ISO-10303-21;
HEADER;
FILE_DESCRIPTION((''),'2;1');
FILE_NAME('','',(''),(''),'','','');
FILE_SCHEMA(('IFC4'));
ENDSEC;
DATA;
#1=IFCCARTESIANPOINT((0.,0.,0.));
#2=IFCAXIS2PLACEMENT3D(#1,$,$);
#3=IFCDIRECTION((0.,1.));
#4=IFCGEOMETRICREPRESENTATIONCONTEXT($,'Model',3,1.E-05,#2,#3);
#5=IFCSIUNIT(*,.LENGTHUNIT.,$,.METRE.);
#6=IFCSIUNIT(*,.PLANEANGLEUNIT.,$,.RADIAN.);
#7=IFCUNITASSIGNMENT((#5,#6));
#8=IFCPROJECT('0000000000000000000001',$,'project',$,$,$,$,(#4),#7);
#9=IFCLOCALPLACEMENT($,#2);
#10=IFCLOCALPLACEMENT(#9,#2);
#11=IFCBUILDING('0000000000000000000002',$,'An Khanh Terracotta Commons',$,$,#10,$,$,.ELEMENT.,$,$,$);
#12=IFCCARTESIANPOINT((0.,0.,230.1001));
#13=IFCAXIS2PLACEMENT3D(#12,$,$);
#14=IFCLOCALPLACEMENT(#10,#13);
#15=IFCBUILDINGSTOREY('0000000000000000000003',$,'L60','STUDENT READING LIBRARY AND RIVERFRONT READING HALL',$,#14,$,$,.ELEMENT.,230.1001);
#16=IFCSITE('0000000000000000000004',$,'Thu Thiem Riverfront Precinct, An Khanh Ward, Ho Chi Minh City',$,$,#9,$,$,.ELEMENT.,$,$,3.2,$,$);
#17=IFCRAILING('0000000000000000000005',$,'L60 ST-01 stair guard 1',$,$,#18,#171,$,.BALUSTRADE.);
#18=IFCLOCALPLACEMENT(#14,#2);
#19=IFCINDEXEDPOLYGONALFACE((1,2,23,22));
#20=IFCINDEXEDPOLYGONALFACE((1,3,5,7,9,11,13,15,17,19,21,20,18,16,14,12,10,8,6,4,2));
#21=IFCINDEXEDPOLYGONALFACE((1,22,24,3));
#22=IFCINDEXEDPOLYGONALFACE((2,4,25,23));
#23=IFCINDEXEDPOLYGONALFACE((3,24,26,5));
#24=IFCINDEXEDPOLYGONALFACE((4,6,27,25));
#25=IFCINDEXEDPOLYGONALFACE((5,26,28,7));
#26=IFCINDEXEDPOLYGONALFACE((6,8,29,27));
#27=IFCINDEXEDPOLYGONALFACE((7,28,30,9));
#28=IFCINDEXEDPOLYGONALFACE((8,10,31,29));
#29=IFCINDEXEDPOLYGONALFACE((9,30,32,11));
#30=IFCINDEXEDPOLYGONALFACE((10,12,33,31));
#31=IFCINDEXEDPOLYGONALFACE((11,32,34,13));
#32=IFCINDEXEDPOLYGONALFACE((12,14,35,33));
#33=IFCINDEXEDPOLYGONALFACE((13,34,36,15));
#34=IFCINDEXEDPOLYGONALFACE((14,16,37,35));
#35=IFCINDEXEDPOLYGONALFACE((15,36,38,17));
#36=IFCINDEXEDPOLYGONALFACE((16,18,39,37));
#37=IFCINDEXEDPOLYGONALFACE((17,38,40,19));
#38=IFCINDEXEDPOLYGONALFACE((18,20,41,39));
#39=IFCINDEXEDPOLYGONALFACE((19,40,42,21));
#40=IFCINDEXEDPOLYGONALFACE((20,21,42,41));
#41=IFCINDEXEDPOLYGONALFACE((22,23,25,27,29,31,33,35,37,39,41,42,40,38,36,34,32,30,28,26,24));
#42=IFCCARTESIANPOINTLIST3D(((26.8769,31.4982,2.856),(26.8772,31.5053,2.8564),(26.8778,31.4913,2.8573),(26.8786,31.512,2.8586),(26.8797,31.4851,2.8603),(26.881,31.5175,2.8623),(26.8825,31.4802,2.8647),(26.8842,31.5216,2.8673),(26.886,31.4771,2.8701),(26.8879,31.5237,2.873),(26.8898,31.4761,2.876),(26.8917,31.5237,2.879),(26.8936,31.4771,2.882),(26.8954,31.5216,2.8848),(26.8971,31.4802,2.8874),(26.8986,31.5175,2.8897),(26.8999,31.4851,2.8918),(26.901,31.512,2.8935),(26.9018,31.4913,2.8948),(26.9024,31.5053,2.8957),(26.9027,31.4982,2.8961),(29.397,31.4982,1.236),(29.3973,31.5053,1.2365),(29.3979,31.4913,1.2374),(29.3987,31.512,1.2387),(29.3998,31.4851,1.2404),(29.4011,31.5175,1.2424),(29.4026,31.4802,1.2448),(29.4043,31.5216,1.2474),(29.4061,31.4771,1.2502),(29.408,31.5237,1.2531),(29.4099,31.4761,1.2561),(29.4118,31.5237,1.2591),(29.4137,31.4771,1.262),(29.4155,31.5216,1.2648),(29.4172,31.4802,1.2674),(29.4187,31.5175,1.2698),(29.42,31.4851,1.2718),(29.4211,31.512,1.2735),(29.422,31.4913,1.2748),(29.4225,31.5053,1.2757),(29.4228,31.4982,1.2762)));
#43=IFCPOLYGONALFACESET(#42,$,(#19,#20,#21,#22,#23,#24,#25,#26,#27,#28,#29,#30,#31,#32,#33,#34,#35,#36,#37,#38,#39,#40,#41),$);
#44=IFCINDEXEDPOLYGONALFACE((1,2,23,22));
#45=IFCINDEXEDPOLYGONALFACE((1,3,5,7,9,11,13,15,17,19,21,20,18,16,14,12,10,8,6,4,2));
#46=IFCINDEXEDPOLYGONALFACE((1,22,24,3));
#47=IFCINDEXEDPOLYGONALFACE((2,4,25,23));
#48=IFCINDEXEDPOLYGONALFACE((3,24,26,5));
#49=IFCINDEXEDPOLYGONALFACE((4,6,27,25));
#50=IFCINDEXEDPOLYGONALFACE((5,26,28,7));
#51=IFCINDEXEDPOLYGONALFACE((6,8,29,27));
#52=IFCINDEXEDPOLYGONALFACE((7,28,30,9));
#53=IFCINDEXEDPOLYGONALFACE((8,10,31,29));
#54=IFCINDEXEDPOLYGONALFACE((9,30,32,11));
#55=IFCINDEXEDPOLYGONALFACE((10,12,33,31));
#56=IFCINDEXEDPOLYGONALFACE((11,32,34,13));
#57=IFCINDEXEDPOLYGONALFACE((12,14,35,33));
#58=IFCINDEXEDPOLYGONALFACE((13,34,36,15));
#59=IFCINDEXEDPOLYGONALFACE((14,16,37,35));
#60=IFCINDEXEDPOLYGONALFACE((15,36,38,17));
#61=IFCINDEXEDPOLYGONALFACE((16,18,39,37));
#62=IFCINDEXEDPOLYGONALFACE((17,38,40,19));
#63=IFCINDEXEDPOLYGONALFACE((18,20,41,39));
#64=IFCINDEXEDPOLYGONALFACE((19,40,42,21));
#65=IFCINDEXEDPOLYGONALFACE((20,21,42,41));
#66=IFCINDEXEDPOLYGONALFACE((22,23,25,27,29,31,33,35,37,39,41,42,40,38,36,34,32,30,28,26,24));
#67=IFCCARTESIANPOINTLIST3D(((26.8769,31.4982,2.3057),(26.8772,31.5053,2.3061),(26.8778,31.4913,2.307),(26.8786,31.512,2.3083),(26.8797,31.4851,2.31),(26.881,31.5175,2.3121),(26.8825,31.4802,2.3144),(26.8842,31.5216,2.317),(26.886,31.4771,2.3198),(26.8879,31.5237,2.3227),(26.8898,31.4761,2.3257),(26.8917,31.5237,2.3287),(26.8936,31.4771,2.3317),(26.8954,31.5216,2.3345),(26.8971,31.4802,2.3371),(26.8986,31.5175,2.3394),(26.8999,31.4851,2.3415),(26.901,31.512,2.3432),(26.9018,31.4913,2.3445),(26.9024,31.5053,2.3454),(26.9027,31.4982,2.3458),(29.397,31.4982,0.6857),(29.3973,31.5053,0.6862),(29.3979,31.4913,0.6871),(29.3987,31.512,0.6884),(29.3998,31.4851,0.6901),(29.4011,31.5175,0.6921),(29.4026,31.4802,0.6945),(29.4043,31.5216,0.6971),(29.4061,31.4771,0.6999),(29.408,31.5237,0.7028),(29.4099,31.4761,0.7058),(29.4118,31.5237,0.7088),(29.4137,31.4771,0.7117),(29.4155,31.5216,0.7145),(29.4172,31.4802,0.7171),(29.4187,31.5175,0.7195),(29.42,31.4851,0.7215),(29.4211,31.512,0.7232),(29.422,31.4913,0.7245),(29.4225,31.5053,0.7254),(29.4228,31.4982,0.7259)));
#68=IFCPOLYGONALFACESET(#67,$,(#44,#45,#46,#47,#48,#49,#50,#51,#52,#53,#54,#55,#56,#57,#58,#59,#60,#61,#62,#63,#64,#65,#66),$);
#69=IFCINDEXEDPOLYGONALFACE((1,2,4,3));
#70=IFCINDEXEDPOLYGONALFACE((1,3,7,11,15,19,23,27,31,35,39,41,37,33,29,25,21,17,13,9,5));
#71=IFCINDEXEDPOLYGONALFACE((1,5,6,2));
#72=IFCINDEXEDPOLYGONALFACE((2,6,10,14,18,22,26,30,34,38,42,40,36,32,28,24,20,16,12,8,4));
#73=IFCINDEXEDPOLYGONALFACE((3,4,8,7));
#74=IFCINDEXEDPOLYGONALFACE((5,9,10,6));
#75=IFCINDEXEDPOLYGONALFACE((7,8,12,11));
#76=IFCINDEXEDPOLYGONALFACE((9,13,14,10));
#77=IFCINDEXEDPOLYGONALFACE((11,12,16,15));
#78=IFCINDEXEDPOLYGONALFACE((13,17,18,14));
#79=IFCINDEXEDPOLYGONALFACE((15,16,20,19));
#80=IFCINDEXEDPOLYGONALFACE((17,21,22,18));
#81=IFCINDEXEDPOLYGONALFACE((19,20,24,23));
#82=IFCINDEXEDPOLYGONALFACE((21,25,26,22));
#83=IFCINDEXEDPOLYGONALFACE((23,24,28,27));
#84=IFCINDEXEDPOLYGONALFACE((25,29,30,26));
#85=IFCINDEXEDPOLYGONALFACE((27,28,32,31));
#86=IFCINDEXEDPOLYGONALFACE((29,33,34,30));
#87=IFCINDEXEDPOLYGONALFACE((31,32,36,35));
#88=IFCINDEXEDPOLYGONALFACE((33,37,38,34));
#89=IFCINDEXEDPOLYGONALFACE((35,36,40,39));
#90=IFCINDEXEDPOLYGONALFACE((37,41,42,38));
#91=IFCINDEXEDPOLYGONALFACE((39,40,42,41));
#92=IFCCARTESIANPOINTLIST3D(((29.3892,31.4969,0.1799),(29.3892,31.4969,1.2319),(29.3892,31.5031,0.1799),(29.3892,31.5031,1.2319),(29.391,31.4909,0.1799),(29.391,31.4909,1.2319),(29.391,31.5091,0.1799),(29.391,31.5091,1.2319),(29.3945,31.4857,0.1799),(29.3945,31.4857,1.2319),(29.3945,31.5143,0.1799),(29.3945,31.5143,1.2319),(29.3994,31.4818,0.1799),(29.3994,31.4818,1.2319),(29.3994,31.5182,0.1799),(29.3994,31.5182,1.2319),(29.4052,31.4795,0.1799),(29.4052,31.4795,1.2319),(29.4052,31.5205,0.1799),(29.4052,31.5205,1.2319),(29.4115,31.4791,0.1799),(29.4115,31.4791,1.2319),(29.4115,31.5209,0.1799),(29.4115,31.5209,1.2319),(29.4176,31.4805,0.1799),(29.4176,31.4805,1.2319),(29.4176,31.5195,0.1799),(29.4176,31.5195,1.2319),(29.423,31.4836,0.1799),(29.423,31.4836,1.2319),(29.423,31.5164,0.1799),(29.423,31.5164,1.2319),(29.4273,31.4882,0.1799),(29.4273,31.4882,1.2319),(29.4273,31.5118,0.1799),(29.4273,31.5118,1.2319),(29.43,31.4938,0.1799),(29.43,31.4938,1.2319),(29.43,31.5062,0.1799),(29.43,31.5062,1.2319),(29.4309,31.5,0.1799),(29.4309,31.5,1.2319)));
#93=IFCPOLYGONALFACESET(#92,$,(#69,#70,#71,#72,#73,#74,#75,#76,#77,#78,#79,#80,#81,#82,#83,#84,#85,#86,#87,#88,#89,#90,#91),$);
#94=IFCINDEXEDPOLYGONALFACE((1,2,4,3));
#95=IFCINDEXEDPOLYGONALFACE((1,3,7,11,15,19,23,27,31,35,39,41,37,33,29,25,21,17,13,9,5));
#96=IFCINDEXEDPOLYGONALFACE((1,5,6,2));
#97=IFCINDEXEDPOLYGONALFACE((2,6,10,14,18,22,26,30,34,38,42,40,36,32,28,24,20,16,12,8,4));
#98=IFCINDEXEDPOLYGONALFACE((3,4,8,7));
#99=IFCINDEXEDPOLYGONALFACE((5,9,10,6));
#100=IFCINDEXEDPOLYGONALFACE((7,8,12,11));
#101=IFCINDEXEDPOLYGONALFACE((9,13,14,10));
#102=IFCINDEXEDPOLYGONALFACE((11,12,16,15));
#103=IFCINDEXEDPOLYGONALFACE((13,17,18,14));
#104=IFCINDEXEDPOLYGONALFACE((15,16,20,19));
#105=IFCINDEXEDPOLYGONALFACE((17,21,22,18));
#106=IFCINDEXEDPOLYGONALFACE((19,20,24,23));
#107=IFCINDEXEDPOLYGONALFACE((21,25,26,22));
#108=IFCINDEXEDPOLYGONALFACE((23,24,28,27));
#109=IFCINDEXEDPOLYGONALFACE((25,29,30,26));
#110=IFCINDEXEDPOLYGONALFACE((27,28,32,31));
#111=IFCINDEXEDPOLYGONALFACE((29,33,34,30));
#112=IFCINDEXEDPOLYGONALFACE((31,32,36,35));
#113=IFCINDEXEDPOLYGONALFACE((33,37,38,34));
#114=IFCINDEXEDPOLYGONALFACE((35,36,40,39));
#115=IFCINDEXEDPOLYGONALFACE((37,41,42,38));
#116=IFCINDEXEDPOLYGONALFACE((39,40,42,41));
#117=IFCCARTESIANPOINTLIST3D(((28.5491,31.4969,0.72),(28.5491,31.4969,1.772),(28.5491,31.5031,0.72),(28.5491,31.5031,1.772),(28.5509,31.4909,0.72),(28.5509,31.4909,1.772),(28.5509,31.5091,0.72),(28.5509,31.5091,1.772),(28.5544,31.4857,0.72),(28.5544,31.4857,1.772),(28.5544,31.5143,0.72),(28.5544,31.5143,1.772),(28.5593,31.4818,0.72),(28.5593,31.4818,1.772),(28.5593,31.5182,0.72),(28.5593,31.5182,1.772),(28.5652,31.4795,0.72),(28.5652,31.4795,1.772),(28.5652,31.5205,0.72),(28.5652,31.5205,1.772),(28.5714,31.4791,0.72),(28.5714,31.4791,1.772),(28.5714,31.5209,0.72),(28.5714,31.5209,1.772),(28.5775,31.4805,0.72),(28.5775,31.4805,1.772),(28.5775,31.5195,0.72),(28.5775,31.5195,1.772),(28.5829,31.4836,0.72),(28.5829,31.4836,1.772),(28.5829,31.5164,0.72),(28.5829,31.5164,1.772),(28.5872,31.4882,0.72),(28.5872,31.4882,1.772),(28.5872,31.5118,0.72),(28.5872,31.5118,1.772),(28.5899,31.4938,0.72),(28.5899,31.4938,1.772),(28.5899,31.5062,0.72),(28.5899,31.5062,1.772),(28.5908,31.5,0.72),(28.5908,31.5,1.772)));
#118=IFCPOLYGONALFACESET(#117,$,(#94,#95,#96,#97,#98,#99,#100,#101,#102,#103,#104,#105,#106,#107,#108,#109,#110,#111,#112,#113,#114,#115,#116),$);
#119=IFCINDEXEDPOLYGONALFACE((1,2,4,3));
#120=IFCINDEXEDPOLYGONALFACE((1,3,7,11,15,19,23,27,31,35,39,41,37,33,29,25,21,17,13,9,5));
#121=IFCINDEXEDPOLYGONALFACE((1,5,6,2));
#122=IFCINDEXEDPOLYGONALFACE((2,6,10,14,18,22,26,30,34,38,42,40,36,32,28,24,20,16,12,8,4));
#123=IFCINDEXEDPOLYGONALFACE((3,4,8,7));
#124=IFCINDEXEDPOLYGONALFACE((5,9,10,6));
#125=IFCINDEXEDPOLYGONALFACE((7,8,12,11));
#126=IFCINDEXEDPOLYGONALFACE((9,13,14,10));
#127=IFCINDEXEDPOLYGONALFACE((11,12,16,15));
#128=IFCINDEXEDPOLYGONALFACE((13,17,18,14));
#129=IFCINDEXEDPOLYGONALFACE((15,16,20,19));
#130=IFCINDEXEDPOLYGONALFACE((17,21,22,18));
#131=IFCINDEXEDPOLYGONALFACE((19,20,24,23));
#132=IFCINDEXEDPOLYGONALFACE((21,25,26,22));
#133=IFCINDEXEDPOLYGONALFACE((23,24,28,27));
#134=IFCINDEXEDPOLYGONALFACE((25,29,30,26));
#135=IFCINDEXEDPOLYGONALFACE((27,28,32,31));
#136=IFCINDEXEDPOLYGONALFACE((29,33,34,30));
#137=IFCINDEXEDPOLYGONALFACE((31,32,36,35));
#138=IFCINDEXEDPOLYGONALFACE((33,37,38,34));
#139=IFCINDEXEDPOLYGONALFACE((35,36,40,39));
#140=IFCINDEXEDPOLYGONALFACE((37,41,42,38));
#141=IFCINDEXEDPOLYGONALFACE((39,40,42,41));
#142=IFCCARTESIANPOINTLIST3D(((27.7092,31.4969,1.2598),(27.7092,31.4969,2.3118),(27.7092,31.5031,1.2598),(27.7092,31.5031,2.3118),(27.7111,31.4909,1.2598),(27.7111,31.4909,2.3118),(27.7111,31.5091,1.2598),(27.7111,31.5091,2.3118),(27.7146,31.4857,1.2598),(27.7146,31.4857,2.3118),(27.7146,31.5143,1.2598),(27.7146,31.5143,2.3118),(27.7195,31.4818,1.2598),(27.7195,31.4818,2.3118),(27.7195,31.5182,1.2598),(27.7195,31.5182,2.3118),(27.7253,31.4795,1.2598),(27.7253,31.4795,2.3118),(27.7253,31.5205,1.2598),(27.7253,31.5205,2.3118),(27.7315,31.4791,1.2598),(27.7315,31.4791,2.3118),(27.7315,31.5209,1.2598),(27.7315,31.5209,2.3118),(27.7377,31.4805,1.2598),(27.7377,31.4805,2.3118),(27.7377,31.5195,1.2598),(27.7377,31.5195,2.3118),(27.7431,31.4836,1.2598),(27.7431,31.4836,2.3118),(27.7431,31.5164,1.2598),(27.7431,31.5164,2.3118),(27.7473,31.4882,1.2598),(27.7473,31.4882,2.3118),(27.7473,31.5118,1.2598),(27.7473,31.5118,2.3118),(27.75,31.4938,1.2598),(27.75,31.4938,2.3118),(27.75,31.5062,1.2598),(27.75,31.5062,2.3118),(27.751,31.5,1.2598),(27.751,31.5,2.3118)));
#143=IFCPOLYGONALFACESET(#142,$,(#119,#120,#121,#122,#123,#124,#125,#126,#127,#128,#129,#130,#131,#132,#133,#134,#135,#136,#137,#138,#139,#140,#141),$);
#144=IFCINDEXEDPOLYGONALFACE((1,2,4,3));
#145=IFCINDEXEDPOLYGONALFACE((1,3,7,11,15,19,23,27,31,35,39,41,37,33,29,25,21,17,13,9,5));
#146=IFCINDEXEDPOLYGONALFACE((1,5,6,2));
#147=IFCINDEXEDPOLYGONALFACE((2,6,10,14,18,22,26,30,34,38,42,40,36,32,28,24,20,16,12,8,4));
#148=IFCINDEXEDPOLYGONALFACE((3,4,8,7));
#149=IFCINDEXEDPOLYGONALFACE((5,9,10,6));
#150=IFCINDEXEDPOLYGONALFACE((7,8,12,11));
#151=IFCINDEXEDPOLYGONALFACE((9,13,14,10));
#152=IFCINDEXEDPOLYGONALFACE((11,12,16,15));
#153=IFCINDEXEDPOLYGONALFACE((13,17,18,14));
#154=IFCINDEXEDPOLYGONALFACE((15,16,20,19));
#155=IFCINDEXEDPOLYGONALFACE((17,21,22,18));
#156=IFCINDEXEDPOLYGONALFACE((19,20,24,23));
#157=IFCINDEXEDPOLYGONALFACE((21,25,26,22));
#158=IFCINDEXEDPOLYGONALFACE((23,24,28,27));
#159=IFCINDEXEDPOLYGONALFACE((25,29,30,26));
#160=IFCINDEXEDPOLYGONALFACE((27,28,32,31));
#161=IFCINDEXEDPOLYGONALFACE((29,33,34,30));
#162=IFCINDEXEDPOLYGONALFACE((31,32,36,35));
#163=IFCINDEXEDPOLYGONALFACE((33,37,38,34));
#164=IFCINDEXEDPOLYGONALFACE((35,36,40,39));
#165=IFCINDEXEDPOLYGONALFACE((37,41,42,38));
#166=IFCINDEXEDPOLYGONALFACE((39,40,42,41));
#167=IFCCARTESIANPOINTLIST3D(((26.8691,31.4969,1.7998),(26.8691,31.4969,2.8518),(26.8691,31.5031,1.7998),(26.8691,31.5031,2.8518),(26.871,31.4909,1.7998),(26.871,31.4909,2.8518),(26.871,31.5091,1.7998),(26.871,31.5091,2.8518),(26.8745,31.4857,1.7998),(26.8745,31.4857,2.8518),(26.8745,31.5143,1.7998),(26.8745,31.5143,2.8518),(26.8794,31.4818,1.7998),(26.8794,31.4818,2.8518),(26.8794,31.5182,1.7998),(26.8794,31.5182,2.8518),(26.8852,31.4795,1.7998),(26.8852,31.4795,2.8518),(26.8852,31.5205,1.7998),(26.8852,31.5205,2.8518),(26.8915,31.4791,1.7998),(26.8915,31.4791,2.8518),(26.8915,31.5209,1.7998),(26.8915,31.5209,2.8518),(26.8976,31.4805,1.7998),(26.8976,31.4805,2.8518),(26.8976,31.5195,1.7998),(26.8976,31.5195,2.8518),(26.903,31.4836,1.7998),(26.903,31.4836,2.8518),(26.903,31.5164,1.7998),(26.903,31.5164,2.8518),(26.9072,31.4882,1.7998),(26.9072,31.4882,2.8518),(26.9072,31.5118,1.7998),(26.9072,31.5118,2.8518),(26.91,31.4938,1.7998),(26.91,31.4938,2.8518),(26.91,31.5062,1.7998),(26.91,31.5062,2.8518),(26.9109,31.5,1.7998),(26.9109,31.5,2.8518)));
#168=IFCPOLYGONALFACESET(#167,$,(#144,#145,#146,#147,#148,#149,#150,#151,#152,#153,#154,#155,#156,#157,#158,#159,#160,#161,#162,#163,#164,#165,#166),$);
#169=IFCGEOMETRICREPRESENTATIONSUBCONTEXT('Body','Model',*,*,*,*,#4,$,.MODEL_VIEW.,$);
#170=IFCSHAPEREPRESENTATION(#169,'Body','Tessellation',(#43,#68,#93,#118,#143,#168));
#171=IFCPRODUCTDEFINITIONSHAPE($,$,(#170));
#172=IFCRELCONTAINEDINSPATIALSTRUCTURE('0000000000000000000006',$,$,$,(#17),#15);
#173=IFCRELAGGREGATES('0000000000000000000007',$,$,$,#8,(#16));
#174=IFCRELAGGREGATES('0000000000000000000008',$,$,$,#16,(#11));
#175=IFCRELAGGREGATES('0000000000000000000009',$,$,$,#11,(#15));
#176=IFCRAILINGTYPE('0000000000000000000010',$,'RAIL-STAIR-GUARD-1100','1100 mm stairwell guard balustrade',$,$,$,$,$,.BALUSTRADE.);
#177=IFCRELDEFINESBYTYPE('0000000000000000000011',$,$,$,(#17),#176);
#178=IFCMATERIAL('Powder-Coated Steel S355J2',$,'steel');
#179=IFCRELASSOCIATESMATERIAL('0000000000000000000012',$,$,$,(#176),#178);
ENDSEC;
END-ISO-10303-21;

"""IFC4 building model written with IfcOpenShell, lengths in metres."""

from ifc_helpers import new_model, si_unit, direction, frame, origin, origin_2d, place, context, subcontext, project, spatial, circle, extrude, material, type_object, element, save


model = new_model("IFC4")

# Units and contexts
model_context = context("Model", 3, precision=1e-05, world=origin(), true_north=direction((0.0, 1.0)))
body_context = subcontext(model_context, "Body", "Model", "MODEL_VIEW")
ifc_project = project(units=[si_unit("LENGTHUNIT", "METRE"), si_unit("PLANEANGLEUNIT", "RADIAN")], contexts=[model_context])

# Site, building, storey
site_placement = place(None, origin())
site = spatial("IfcSite", under=ifc_project, at=site_placement, Name="Thu Thiem Riverfront Precinct, An Khanh Ward, Ho Chi Minh City", CompositionType="ELEMENT", RefElevation=3.2)
building_placement = place(site_placement, origin())
building = spatial("IfcBuilding", under=site, at=building_placement, Name="An Khanh Terracotta Commons", CompositionType="ELEMENT")
storey_placement = place(building_placement, frame((0.0, 0.0, 230.1001)))
storey = spatial("IfcBuildingStorey", under=building, at=storey_placement, Name="L60", Description="STUDENT READING LIBRARY AND RIVERFRONT READING HALL", CompositionType="ELEMENT", Elevation=230.1001)

# Railing
ifc_material_1 = material(Name="Powder-Coated Steel S355J2", Category="steel")
railing_type_1 = type_object("IfcRailingType", Name="RAIL-STAIR-GUARD-1100", Description="1100 mm stairwell guard balustrade", PredefinedType="BALUSTRADE", material=ifc_material_1)
railing_1_placement = place(storey_placement, frame((29.4099, 31.5, 0.1799)))
element("IfcRailing", 1, at=railing_1_placement, inside=storey, type_object=railing_type_1, Name="L60 ST-01 stair guard 1", PredefinedType="BALUSTRADE", context=body_context, shape_type="SweptSolid", body=[
    extrude(circle(Radius=0.0239, at=origin_2d()), frame((0.0, 0.0, 1.0762), z_axis=(-0.8412, 0.0, 0.540725), x_axis=(0.0, -1.0, 0.0)), (0.0, 0.0, 1.0), 2.9958),
    extrude(circle(Radius=0.0239, at=origin_2d()), frame((0.0, 0.0, 0.5259), z_axis=(-0.8412, 0.0, 0.540725), x_axis=(0.0, -1.0, 0.0)), (0.0, 0.0, 1.0), 2.9958),
    extrude(circle(Radius=0.021, at=origin_2d()), origin(), (0.0, 0.0, 1.0), 1.052),
    extrude(circle(Radius=0.021, at=origin_2d()), frame((-0.8401, 0.0, 0.54)), (0.0, 0.0, 1.0), 1.052),
    extrude(circle(Radius=0.021, at=origin_2d()), frame((-1.6799, 0.0, 1.0798)), (0.0, 0.0, 1.0), 1.052),
    extrude(circle(Radius=0.021, at=origin_2d()), frame((-2.52, 0.0, 1.6199)), (0.0, 0.0, 1.0), 1.052),
])

save(model, "model.ifc")
